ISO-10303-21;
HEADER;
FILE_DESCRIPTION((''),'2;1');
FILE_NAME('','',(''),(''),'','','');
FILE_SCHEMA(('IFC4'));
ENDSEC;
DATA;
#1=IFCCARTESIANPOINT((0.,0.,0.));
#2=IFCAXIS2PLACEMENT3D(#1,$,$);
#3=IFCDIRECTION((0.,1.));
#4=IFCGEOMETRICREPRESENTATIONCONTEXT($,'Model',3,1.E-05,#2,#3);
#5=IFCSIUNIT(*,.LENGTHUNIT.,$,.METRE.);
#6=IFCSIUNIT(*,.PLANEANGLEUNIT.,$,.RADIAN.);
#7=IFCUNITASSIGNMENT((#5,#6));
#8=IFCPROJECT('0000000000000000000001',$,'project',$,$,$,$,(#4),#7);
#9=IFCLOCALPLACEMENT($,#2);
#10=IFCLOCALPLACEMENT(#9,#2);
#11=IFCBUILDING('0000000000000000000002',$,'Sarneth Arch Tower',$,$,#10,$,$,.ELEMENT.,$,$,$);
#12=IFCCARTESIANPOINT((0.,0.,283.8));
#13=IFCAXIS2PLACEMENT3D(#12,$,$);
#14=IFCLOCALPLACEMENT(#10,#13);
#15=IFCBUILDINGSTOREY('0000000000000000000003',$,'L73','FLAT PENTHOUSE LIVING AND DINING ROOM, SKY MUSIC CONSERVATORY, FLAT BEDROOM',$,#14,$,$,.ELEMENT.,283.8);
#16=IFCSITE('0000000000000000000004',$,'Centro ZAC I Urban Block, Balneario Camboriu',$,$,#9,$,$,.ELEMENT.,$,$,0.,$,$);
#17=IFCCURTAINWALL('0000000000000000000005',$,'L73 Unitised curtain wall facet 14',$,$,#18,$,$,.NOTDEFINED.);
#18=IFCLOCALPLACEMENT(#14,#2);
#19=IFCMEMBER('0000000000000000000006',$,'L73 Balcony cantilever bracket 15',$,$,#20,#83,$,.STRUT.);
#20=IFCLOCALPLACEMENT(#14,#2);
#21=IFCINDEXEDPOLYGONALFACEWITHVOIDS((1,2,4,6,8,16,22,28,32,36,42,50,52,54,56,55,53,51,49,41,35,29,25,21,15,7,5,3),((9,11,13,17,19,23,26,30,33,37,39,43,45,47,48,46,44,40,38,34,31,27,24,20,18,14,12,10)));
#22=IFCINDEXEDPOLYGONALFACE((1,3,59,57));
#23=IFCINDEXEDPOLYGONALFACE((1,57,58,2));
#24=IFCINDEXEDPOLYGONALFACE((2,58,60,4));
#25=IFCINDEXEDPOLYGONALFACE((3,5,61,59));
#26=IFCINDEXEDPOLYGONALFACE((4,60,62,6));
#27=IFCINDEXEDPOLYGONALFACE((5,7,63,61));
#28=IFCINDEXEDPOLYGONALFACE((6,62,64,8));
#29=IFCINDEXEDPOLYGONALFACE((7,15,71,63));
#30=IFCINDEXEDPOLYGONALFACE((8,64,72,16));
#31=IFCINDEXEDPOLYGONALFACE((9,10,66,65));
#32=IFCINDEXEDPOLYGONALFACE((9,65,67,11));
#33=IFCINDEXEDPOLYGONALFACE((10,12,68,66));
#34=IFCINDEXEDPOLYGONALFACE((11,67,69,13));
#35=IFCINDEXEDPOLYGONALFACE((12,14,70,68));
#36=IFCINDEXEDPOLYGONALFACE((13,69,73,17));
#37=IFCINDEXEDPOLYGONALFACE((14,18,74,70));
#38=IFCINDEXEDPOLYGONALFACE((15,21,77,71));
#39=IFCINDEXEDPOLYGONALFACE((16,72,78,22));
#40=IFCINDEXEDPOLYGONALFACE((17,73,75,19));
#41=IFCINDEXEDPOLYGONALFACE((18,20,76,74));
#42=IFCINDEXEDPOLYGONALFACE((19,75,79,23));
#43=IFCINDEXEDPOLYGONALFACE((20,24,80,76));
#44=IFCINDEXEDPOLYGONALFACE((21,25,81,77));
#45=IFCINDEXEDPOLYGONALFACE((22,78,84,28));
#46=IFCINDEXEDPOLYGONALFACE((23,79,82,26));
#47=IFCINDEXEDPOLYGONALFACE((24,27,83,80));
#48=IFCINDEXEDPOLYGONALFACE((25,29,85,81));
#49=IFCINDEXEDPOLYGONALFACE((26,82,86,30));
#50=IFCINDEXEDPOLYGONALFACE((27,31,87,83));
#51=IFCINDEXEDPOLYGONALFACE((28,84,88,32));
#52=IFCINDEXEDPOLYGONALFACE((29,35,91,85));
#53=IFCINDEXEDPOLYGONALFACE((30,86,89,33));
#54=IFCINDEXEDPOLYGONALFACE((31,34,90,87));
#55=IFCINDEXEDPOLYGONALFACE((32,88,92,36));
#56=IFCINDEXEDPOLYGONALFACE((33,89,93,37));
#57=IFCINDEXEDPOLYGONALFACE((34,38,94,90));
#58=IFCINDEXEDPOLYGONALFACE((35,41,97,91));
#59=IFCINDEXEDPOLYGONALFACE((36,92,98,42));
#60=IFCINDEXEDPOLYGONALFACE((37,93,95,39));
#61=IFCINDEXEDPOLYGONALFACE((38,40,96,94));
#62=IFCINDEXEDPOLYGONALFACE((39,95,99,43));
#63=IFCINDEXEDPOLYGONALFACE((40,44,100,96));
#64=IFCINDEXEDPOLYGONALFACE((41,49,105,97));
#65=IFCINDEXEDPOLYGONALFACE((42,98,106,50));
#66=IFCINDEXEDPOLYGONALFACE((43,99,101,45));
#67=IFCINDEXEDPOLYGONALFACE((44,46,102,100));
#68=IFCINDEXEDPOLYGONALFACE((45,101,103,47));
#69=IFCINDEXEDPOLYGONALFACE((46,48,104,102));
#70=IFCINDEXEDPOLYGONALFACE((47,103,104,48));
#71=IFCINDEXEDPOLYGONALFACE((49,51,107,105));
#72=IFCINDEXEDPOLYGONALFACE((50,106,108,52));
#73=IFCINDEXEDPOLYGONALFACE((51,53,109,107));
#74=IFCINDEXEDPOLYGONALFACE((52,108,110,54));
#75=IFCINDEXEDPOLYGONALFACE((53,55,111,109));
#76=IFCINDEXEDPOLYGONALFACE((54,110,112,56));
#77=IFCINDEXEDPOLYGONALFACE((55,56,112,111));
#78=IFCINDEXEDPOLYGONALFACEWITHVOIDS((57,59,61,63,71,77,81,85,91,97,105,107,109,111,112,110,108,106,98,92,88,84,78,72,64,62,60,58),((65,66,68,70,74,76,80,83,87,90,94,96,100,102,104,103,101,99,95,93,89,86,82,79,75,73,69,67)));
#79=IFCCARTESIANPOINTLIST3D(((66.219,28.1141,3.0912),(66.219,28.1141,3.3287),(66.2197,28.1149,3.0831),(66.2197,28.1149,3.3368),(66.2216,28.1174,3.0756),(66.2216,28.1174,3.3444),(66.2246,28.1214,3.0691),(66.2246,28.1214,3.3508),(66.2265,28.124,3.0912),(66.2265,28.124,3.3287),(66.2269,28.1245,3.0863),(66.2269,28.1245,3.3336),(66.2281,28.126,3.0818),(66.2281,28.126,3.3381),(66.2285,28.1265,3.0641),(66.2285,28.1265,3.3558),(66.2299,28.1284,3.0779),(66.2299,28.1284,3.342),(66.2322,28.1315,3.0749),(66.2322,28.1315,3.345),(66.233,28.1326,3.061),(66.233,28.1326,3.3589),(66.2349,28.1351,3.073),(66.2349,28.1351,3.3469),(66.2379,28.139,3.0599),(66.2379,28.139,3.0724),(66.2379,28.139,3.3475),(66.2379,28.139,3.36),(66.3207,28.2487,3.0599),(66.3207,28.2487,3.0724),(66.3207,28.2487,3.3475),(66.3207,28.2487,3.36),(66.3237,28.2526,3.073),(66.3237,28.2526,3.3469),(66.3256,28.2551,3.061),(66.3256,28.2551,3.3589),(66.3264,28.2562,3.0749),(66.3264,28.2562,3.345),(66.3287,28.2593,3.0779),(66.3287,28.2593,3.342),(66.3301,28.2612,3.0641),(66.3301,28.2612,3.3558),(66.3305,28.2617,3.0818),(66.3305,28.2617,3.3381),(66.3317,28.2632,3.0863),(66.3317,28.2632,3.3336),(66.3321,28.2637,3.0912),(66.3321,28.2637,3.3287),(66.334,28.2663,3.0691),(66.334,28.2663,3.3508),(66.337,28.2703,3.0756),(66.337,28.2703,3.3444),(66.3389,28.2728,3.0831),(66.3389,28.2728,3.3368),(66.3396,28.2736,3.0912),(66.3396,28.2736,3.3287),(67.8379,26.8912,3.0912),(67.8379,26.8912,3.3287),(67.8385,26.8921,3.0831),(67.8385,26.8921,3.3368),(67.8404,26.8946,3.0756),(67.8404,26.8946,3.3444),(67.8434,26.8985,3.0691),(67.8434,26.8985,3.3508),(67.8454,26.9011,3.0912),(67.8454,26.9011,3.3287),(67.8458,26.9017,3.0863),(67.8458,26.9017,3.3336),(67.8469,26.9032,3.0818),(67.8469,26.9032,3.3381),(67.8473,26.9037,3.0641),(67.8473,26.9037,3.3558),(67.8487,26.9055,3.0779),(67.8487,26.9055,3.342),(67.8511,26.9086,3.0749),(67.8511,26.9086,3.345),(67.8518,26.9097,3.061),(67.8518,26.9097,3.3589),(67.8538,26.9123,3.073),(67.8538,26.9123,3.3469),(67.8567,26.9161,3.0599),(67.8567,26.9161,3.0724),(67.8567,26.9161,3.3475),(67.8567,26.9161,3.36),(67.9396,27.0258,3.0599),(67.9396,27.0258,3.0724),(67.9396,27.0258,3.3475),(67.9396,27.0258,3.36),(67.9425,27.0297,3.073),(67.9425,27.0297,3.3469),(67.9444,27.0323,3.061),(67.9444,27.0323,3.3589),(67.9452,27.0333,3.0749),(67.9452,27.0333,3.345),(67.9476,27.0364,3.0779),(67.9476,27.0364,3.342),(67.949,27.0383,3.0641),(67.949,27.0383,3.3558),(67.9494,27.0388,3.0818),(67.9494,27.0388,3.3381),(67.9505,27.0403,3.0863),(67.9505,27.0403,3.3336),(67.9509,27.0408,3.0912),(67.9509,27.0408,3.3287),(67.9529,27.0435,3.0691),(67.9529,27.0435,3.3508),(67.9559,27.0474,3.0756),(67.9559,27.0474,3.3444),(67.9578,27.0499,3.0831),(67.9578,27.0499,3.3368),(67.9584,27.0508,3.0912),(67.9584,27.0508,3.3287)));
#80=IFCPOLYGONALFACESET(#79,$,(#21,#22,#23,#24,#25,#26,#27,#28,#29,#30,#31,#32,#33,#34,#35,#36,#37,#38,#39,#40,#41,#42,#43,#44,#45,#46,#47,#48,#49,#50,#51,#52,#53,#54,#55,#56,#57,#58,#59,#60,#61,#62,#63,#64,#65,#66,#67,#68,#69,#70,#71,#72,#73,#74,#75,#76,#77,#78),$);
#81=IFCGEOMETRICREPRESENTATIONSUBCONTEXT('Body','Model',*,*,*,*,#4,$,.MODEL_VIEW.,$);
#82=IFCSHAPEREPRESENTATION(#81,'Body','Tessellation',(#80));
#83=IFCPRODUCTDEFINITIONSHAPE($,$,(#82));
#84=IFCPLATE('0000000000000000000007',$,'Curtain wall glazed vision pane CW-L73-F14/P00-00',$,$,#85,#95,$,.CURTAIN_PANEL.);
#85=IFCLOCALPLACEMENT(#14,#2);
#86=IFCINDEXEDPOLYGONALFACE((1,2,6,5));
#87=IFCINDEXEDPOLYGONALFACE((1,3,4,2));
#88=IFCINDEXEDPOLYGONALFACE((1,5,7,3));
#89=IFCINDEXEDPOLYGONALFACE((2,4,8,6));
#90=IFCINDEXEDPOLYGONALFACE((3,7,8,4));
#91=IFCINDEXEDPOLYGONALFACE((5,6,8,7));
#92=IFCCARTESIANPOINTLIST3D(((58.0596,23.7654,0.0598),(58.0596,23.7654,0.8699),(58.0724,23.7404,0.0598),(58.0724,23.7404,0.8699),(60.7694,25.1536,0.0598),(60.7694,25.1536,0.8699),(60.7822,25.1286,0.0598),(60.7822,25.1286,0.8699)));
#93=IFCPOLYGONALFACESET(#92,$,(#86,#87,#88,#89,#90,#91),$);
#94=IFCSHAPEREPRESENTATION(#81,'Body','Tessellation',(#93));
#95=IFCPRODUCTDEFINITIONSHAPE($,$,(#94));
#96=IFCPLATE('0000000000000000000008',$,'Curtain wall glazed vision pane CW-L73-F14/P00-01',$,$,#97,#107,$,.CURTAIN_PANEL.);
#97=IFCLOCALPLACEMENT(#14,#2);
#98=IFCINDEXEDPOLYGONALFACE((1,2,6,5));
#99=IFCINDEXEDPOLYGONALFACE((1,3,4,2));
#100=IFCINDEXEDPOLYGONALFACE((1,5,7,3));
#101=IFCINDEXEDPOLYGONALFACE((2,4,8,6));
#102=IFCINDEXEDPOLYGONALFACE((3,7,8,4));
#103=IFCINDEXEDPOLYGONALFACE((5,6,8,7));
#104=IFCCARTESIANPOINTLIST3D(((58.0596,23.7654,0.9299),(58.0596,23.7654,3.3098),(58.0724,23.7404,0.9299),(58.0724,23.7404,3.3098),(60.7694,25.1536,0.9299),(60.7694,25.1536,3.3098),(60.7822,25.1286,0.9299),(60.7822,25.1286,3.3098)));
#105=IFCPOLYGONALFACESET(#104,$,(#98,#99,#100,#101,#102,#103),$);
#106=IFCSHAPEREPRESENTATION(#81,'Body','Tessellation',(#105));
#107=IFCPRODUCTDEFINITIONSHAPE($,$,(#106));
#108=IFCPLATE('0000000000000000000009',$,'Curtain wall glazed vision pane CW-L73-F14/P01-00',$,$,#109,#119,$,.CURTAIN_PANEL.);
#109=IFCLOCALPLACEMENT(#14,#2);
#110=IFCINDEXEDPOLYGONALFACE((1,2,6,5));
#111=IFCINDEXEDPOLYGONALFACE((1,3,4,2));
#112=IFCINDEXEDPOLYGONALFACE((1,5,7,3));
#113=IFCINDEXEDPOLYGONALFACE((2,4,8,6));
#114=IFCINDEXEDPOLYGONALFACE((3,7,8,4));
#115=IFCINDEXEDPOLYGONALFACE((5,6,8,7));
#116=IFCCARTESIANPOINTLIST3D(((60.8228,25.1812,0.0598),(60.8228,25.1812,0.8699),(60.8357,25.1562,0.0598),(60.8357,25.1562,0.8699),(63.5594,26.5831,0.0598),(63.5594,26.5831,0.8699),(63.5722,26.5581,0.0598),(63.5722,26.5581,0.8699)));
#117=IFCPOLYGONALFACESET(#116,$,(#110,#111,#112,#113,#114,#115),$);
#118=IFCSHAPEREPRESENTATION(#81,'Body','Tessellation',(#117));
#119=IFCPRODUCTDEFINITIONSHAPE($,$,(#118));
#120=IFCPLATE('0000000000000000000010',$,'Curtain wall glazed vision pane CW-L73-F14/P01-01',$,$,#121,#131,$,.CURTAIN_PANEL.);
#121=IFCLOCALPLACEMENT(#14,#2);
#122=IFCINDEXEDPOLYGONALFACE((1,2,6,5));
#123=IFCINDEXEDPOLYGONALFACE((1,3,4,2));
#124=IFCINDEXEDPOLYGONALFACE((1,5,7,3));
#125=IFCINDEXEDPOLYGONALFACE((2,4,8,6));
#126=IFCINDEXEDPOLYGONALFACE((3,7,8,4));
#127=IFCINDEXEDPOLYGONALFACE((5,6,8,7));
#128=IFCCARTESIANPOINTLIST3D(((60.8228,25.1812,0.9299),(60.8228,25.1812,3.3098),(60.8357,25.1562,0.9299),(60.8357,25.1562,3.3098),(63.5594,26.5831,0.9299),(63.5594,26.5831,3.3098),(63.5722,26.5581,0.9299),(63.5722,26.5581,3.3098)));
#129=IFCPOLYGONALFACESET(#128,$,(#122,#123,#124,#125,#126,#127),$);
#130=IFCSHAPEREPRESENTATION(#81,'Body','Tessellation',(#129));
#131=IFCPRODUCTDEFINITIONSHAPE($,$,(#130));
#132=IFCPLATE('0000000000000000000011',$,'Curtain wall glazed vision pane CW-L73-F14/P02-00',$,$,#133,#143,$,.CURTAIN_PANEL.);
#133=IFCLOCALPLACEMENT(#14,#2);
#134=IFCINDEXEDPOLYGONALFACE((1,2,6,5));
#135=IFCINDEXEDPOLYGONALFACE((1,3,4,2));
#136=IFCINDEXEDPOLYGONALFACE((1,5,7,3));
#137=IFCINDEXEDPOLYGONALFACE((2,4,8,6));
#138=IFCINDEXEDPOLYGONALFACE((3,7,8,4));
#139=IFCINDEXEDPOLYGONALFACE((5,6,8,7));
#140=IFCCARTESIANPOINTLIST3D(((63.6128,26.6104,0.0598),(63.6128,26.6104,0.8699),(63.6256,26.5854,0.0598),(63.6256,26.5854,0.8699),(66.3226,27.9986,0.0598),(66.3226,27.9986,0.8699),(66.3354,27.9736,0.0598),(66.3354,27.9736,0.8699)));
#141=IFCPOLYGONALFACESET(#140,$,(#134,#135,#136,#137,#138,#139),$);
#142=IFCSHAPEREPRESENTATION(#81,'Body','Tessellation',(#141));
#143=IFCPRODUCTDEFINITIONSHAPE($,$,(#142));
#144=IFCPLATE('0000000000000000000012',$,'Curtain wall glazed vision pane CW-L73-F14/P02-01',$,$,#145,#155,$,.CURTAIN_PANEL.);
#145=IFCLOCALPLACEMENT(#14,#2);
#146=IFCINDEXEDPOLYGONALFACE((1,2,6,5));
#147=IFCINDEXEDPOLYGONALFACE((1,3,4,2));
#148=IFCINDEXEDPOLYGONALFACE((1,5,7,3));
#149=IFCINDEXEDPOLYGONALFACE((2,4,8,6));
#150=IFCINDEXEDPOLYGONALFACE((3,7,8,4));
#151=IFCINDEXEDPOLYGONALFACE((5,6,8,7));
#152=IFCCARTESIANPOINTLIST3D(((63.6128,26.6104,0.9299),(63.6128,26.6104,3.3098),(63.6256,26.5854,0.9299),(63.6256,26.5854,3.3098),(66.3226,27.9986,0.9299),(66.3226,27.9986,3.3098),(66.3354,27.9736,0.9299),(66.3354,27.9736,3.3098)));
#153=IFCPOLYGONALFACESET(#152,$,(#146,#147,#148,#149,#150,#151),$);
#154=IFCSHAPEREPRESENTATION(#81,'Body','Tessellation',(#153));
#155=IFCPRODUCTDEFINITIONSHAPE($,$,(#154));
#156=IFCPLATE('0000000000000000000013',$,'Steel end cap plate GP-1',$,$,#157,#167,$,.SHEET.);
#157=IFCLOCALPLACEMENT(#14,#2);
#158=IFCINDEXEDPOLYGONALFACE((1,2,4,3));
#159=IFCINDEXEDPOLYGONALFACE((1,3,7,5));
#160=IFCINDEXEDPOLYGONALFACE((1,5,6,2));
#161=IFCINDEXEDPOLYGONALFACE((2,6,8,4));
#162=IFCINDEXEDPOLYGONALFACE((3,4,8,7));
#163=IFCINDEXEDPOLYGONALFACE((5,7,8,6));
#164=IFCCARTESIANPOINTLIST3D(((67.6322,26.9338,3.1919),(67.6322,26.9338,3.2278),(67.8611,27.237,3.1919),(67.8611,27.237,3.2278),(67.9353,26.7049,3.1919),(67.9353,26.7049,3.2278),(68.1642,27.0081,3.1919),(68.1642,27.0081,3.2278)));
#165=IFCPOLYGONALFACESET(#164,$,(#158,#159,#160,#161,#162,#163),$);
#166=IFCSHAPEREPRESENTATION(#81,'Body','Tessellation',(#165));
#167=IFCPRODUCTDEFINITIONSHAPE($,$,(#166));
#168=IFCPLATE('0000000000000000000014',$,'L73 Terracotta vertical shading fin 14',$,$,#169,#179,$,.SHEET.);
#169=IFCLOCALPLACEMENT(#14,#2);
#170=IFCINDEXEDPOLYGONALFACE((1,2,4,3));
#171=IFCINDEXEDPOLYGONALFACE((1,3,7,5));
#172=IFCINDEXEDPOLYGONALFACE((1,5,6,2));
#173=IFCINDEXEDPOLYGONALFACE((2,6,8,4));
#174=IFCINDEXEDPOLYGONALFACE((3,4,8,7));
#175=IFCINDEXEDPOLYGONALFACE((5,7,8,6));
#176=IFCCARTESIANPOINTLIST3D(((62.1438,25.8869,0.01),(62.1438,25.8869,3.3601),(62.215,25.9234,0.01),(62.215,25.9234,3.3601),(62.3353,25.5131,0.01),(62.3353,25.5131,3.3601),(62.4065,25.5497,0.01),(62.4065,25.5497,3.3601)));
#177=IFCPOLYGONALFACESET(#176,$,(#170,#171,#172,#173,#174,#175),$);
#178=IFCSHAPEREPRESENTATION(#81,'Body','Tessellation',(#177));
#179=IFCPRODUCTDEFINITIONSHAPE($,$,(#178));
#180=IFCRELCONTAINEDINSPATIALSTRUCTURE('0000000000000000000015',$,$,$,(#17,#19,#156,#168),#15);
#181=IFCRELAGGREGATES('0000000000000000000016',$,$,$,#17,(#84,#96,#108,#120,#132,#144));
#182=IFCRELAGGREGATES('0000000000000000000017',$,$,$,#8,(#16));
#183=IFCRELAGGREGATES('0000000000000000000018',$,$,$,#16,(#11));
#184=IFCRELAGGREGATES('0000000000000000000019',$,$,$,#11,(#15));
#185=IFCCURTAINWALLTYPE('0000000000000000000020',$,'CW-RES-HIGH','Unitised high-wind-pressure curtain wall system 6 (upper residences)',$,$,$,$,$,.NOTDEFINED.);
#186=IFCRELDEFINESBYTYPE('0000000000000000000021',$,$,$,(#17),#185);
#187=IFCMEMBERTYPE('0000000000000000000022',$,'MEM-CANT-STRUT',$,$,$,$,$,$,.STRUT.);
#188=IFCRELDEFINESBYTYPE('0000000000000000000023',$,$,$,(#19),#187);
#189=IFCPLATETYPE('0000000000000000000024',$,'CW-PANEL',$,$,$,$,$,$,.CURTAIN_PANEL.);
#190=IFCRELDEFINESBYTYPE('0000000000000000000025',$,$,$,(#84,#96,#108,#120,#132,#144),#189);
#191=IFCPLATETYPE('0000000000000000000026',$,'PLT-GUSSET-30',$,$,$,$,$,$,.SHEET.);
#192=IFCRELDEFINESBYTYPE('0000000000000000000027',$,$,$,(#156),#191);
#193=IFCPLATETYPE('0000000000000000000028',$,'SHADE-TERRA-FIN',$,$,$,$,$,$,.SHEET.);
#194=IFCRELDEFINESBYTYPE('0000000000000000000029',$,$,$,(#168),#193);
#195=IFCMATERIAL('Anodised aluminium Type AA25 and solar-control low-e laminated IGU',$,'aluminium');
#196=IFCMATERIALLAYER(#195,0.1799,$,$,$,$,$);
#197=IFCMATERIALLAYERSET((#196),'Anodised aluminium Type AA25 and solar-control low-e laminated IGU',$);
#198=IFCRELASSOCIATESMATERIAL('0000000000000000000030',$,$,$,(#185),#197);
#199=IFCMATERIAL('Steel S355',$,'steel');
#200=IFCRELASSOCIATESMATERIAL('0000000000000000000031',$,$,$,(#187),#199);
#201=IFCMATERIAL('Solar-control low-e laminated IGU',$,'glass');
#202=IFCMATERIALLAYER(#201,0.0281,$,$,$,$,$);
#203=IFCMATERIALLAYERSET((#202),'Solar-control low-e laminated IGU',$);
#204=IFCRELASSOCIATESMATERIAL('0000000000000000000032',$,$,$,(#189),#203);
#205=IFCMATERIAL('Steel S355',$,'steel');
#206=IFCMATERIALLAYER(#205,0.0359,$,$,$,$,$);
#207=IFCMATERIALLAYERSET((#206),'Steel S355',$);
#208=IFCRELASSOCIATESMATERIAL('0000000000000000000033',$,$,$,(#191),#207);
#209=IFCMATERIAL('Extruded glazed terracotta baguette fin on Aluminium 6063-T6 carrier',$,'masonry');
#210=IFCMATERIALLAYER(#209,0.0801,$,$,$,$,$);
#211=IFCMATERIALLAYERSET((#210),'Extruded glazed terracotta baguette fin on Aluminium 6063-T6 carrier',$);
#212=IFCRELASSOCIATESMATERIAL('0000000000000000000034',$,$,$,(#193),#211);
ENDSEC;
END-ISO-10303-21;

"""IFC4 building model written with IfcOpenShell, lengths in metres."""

from ifc_helpers import new_model, si_unit, direction, frame, origin, origin_2d, place, context, subcontext, project, spatial, rectangle, hollow_rectangle, extrude, material, layer, layer_set, material_profile, profile_set, type_object, element, aggregate, save


model = new_model("IFC4")

# Units and contexts
model_context = context("Model", 3, precision=1e-05, world=origin(), true_north=direction((0.0, 1.0)))
body_context = subcontext(model_context, "Body", "Model", "MODEL_VIEW")
ifc_project = project(units=[si_unit("LENGTHUNIT", "METRE"), si_unit("PLANEANGLEUNIT", "RADIAN")], contexts=[model_context])

# Site, building, storey
site_placement = place(None, origin())
site = spatial("IfcSite", under=ifc_project, at=site_placement, Name="Centro ZAC I Urban Block, Balneario Camboriu", CompositionType="ELEMENT", RefElevation=0.0)
building_placement = place(site_placement, origin())
building = spatial("IfcBuilding", under=site, at=building_placement, Name="Sarneth Arch Tower", CompositionType="ELEMENT")
storey_placement = place(building_placement, frame((0.0, 0.0, 283.8)))
storey = spatial("IfcBuildingStorey", under=building, at=storey_placement, Name="L73", Description="FLAT PENTHOUSE LIVING AND DINING ROOM, SKY MUSIC CONSERVATORY, FLAT BEDROOM", CompositionType="ELEMENT", Elevation=283.8)

# Curtain wall
ifc_material_1 = material(Name="Anodised aluminium Type AA25 and solar-control low-e laminated IGU", Category="aluminium")
ifc_layer_1 = layer(ifc_material_1, 0.1799)
ifc_layer_set_1 = layer_set([ifc_layer_1], Name="Anodised aluminium Type AA25 and solar-control low-e laminated IGU")
curtain_wall_type = type_object("IfcCurtainWallType", Name="CW-RES-HIGH", Description="Unitised high-wind-pressure curtain wall system 6 (upper residences)", PredefinedType="NOTDEFINED", material=ifc_layer_set_1)
curtain_wall_placement = place(storey_placement, origin())
curtain_wall = element("IfcCurtainWall", 1, at=curtain_wall_placement, inside=storey, type_object=curtain_wall_type, Name="L73 Unitised curtain wall facet 14", PredefinedType="NOTDEFINED")

# Member
ifc_material_2 = material(Name="Steel S355", Category="steel")
ifc_material_profile_1 = material_profile(ifc_material_2, hollow_rectangle(XDim=0.2, YDim=0.3, WallThickness=0.0125, InnerFilletRadius=0.0188, OuterFilletRadius=0.0312, at=origin_2d()), Name="RHS300x200x12.5")
ifc_profile_set_1 = profile_set([ifc_material_profile_1], Name="Steel S355")
member_type_1 = type_object("IfcMemberType", Name="MEM-CANT-STRUT", PredefinedType="STRUT", material=ifc_profile_set_1)
member_1_placement = place(storey_placement, frame((66.2793, 28.1938, 3.21), z_axis=(0.79793, -0.60275, 0.0), x_axis=(0.60275, 0.79793, 0.0)))
element("IfcMember", 2, at=member_1_placement, inside=storey, type_object=member_type_1, Name="L73 Balcony cantilever bracket 15", PredefinedType="STRUT", context=body_context, shape_type="SweptSolid", body=[
    extrude(hollow_rectangle(XDim=0.2, YDim=0.3, WallThickness=0.0125, InnerFilletRadius=0.0188, OuterFilletRadius=0.0312, at=origin_2d()), origin(), (0.0, 0.0, 1.0), 2.0288),
])

# Plates
ifc_material_3 = material(Name="Solar-control low-e laminated IGU", Category="glass")
ifc_layer_2 = layer(ifc_material_3, 0.0281)
ifc_layer_set_2 = layer_set([ifc_layer_2], Name="Solar-control low-e laminated IGU")
plate_type_1 = type_object("IfcPlateType", Name="CW-PANEL", PredefinedType="CURTAIN_PANEL", material=ifc_layer_set_2)
plate_1_placement = place(storey_placement, frame((59.4209, 24.447, 0.0598), z_axis=(0.0, 0.0, 1.0), x_axis=(0.89001, 0.455942, 0.0)))
plate_1 = element("IfcPlate", 3, at=plate_1_placement, type_object=plate_type_1, Name="Curtain wall glazed vision pane CW-L73-F14/P00-00", PredefinedType="CURTAIN_PANEL", context=body_context, shape_type="SweptSolid", body=[
    extrude(rectangle(XDim=3.0447, YDim=0.0281, at=origin_2d()), origin(), (0.0, 0.0, 1.0), 0.8101),
])
plate_2_placement = place(storey_placement, frame((59.4209, 24.447, 0.9299), z_axis=(0.0, 0.0, 1.0), x_axis=(0.89001, 0.455942, 0.0)))
plate_2 = element("IfcPlate", 4, at=plate_2_placement, type_object=plate_type_1, Name="Curtain wall glazed vision pane CW-L73-F14/P00-01", PredefinedType="CURTAIN_PANEL", context=body_context, shape_type="SweptSolid", body=[
    extrude(rectangle(XDim=3.0447, YDim=0.0281, at=origin_2d()), origin(), (0.0, 0.0, 1.0), 2.3799),
])
plate_3_placement = place(storey_placement, frame((62.1975, 25.8696, 0.0598), z_axis=(0.0, 0.0, 1.0), x_axis=(0.89001, 0.455942, 0.0)))
plate_3 = element("IfcPlate", 5, at=plate_3_placement, type_object=plate_type_1, Name="Curtain wall glazed vision pane CW-L73-F14/P01-00", PredefinedType="CURTAIN_PANEL", context=body_context, shape_type="SweptSolid", body=[
    extrude(rectangle(XDim=3.0747, YDim=0.0281, at=origin_2d()), origin(), (0.0, 0.0, 1.0), 0.8101),
])
plate_4_placement = place(storey_placement, frame((62.1975, 25.8696, 0.9299), z_axis=(0.0, 0.0, 1.0), x_axis=(0.89001, 0.455942, 0.0)))
plate_4 = element("IfcPlate", 6, at=plate_4_placement, type_object=plate_type_1, Name="Curtain wall glazed vision pane CW-L73-F14/P01-01", PredefinedType="CURTAIN_PANEL", context=body_context, shape_type="SweptSolid", body=[
    extrude(rectangle(XDim=3.0747, YDim=0.0281, at=origin_2d()), origin(), (0.0, 0.0, 1.0), 2.3799),
])
plate_5_placement = place(storey_placement, frame((64.9741, 27.292, 0.0598), z_axis=(0.0, 0.0, 1.0), x_axis=(0.89001, 0.455942, 0.0)))
plate_5 = element("IfcPlate", 7, at=plate_5_placement, type_object=plate_type_1, Name="Curtain wall glazed vision pane CW-L73-F14/P02-00", PredefinedType="CURTAIN_PANEL", context=body_context, shape_type="SweptSolid", body=[
    extrude(rectangle(XDim=3.0447, YDim=0.0281, at=origin_2d()), origin(), (0.0, 0.0, 1.0), 0.8101),
])
plate_6_placement = place(storey_placement, frame((64.9741, 27.292, 0.9299), z_axis=(0.0, 0.0, 1.0), x_axis=(0.89001, 0.455942, 0.0)))
plate_6 = element("IfcPlate", 8, at=plate_6_placement, type_object=plate_type_1, Name="Curtain wall glazed vision pane CW-L73-F14/P02-01", PredefinedType="CURTAIN_PANEL", context=body_context, shape_type="SweptSolid", body=[
    extrude(rectangle(XDim=3.0447, YDim=0.0281, at=origin_2d()), origin(), (0.0, 0.0, 1.0), 2.3799),
])
aggregate(curtain_wall, [plate_1, plate_2, plate_3, plate_4, plate_5, plate_6])

# Plates
ifc_material_4 = material(Name="Steel S355", Category="steel")
ifc_layer_3 = layer(ifc_material_4, 0.0359)
ifc_layer_set_3 = layer_set([ifc_layer_3], Name="Steel S355")
plate_type_2 = type_object("IfcPlateType", Name="PLT-GUSSET-30", PredefinedType="SHEET", material=ifc_layer_set_3)
plate_7_placement = place(storey_placement, frame((67.8982, 26.9709, 3.1919), z_axis=(0.0, 0.0, 1.0), x_axis=(0.798005, -0.602651, 0.0)))
element("IfcPlate", 9, at=plate_7_placement, inside=storey, type_object=plate_type_2, Name="Steel end cap plate GP-1", PredefinedType="SHEET", context=body_context, shape_type="SweptSolid", body=[
    extrude(rectangle(XDim=0.3799, YDim=0.3799, at=origin_2d()), origin(), (0.0, 0.0, 1.0), 0.0359),
])
ifc_material_5 = material(Name="Extruded glazed terracotta baguette fin on Aluminium 6063-T6 carrier", Category="masonry")
ifc_layer_4 = layer(ifc_material_5, 0.0801)
ifc_layer_set_4 = layer_set([ifc_layer_4], Name="Extruded glazed terracotta baguette fin on Aluminium 6063-T6 carrier")
plate_type_3 = type_object("IfcPlateType", Name="SHADE-TERRA-FIN", PredefinedType="SHEET", material=ifc_layer_set_4)
plate_8_placement = place(storey_placement, frame((62.2751, 25.7183, 0.01), z_axis=(0.0, 0.0, 1.0), x_axis=(0.456011, -0.889974, 0.0)))
element("IfcPlate", 10, at=plate_8_placement, inside=storey, type_object=plate_type_3, Name="L73 Terracotta vertical shading fin 14", PredefinedType="SHEET", context=body_context, shape_type="SweptSolid", body=[
    extrude(rectangle(XDim=0.4199, YDim=0.0801, at=origin_2d()), origin(), (0.0, 0.0, 1.0), 3.3501),
])

save(model, "model.ifc")
